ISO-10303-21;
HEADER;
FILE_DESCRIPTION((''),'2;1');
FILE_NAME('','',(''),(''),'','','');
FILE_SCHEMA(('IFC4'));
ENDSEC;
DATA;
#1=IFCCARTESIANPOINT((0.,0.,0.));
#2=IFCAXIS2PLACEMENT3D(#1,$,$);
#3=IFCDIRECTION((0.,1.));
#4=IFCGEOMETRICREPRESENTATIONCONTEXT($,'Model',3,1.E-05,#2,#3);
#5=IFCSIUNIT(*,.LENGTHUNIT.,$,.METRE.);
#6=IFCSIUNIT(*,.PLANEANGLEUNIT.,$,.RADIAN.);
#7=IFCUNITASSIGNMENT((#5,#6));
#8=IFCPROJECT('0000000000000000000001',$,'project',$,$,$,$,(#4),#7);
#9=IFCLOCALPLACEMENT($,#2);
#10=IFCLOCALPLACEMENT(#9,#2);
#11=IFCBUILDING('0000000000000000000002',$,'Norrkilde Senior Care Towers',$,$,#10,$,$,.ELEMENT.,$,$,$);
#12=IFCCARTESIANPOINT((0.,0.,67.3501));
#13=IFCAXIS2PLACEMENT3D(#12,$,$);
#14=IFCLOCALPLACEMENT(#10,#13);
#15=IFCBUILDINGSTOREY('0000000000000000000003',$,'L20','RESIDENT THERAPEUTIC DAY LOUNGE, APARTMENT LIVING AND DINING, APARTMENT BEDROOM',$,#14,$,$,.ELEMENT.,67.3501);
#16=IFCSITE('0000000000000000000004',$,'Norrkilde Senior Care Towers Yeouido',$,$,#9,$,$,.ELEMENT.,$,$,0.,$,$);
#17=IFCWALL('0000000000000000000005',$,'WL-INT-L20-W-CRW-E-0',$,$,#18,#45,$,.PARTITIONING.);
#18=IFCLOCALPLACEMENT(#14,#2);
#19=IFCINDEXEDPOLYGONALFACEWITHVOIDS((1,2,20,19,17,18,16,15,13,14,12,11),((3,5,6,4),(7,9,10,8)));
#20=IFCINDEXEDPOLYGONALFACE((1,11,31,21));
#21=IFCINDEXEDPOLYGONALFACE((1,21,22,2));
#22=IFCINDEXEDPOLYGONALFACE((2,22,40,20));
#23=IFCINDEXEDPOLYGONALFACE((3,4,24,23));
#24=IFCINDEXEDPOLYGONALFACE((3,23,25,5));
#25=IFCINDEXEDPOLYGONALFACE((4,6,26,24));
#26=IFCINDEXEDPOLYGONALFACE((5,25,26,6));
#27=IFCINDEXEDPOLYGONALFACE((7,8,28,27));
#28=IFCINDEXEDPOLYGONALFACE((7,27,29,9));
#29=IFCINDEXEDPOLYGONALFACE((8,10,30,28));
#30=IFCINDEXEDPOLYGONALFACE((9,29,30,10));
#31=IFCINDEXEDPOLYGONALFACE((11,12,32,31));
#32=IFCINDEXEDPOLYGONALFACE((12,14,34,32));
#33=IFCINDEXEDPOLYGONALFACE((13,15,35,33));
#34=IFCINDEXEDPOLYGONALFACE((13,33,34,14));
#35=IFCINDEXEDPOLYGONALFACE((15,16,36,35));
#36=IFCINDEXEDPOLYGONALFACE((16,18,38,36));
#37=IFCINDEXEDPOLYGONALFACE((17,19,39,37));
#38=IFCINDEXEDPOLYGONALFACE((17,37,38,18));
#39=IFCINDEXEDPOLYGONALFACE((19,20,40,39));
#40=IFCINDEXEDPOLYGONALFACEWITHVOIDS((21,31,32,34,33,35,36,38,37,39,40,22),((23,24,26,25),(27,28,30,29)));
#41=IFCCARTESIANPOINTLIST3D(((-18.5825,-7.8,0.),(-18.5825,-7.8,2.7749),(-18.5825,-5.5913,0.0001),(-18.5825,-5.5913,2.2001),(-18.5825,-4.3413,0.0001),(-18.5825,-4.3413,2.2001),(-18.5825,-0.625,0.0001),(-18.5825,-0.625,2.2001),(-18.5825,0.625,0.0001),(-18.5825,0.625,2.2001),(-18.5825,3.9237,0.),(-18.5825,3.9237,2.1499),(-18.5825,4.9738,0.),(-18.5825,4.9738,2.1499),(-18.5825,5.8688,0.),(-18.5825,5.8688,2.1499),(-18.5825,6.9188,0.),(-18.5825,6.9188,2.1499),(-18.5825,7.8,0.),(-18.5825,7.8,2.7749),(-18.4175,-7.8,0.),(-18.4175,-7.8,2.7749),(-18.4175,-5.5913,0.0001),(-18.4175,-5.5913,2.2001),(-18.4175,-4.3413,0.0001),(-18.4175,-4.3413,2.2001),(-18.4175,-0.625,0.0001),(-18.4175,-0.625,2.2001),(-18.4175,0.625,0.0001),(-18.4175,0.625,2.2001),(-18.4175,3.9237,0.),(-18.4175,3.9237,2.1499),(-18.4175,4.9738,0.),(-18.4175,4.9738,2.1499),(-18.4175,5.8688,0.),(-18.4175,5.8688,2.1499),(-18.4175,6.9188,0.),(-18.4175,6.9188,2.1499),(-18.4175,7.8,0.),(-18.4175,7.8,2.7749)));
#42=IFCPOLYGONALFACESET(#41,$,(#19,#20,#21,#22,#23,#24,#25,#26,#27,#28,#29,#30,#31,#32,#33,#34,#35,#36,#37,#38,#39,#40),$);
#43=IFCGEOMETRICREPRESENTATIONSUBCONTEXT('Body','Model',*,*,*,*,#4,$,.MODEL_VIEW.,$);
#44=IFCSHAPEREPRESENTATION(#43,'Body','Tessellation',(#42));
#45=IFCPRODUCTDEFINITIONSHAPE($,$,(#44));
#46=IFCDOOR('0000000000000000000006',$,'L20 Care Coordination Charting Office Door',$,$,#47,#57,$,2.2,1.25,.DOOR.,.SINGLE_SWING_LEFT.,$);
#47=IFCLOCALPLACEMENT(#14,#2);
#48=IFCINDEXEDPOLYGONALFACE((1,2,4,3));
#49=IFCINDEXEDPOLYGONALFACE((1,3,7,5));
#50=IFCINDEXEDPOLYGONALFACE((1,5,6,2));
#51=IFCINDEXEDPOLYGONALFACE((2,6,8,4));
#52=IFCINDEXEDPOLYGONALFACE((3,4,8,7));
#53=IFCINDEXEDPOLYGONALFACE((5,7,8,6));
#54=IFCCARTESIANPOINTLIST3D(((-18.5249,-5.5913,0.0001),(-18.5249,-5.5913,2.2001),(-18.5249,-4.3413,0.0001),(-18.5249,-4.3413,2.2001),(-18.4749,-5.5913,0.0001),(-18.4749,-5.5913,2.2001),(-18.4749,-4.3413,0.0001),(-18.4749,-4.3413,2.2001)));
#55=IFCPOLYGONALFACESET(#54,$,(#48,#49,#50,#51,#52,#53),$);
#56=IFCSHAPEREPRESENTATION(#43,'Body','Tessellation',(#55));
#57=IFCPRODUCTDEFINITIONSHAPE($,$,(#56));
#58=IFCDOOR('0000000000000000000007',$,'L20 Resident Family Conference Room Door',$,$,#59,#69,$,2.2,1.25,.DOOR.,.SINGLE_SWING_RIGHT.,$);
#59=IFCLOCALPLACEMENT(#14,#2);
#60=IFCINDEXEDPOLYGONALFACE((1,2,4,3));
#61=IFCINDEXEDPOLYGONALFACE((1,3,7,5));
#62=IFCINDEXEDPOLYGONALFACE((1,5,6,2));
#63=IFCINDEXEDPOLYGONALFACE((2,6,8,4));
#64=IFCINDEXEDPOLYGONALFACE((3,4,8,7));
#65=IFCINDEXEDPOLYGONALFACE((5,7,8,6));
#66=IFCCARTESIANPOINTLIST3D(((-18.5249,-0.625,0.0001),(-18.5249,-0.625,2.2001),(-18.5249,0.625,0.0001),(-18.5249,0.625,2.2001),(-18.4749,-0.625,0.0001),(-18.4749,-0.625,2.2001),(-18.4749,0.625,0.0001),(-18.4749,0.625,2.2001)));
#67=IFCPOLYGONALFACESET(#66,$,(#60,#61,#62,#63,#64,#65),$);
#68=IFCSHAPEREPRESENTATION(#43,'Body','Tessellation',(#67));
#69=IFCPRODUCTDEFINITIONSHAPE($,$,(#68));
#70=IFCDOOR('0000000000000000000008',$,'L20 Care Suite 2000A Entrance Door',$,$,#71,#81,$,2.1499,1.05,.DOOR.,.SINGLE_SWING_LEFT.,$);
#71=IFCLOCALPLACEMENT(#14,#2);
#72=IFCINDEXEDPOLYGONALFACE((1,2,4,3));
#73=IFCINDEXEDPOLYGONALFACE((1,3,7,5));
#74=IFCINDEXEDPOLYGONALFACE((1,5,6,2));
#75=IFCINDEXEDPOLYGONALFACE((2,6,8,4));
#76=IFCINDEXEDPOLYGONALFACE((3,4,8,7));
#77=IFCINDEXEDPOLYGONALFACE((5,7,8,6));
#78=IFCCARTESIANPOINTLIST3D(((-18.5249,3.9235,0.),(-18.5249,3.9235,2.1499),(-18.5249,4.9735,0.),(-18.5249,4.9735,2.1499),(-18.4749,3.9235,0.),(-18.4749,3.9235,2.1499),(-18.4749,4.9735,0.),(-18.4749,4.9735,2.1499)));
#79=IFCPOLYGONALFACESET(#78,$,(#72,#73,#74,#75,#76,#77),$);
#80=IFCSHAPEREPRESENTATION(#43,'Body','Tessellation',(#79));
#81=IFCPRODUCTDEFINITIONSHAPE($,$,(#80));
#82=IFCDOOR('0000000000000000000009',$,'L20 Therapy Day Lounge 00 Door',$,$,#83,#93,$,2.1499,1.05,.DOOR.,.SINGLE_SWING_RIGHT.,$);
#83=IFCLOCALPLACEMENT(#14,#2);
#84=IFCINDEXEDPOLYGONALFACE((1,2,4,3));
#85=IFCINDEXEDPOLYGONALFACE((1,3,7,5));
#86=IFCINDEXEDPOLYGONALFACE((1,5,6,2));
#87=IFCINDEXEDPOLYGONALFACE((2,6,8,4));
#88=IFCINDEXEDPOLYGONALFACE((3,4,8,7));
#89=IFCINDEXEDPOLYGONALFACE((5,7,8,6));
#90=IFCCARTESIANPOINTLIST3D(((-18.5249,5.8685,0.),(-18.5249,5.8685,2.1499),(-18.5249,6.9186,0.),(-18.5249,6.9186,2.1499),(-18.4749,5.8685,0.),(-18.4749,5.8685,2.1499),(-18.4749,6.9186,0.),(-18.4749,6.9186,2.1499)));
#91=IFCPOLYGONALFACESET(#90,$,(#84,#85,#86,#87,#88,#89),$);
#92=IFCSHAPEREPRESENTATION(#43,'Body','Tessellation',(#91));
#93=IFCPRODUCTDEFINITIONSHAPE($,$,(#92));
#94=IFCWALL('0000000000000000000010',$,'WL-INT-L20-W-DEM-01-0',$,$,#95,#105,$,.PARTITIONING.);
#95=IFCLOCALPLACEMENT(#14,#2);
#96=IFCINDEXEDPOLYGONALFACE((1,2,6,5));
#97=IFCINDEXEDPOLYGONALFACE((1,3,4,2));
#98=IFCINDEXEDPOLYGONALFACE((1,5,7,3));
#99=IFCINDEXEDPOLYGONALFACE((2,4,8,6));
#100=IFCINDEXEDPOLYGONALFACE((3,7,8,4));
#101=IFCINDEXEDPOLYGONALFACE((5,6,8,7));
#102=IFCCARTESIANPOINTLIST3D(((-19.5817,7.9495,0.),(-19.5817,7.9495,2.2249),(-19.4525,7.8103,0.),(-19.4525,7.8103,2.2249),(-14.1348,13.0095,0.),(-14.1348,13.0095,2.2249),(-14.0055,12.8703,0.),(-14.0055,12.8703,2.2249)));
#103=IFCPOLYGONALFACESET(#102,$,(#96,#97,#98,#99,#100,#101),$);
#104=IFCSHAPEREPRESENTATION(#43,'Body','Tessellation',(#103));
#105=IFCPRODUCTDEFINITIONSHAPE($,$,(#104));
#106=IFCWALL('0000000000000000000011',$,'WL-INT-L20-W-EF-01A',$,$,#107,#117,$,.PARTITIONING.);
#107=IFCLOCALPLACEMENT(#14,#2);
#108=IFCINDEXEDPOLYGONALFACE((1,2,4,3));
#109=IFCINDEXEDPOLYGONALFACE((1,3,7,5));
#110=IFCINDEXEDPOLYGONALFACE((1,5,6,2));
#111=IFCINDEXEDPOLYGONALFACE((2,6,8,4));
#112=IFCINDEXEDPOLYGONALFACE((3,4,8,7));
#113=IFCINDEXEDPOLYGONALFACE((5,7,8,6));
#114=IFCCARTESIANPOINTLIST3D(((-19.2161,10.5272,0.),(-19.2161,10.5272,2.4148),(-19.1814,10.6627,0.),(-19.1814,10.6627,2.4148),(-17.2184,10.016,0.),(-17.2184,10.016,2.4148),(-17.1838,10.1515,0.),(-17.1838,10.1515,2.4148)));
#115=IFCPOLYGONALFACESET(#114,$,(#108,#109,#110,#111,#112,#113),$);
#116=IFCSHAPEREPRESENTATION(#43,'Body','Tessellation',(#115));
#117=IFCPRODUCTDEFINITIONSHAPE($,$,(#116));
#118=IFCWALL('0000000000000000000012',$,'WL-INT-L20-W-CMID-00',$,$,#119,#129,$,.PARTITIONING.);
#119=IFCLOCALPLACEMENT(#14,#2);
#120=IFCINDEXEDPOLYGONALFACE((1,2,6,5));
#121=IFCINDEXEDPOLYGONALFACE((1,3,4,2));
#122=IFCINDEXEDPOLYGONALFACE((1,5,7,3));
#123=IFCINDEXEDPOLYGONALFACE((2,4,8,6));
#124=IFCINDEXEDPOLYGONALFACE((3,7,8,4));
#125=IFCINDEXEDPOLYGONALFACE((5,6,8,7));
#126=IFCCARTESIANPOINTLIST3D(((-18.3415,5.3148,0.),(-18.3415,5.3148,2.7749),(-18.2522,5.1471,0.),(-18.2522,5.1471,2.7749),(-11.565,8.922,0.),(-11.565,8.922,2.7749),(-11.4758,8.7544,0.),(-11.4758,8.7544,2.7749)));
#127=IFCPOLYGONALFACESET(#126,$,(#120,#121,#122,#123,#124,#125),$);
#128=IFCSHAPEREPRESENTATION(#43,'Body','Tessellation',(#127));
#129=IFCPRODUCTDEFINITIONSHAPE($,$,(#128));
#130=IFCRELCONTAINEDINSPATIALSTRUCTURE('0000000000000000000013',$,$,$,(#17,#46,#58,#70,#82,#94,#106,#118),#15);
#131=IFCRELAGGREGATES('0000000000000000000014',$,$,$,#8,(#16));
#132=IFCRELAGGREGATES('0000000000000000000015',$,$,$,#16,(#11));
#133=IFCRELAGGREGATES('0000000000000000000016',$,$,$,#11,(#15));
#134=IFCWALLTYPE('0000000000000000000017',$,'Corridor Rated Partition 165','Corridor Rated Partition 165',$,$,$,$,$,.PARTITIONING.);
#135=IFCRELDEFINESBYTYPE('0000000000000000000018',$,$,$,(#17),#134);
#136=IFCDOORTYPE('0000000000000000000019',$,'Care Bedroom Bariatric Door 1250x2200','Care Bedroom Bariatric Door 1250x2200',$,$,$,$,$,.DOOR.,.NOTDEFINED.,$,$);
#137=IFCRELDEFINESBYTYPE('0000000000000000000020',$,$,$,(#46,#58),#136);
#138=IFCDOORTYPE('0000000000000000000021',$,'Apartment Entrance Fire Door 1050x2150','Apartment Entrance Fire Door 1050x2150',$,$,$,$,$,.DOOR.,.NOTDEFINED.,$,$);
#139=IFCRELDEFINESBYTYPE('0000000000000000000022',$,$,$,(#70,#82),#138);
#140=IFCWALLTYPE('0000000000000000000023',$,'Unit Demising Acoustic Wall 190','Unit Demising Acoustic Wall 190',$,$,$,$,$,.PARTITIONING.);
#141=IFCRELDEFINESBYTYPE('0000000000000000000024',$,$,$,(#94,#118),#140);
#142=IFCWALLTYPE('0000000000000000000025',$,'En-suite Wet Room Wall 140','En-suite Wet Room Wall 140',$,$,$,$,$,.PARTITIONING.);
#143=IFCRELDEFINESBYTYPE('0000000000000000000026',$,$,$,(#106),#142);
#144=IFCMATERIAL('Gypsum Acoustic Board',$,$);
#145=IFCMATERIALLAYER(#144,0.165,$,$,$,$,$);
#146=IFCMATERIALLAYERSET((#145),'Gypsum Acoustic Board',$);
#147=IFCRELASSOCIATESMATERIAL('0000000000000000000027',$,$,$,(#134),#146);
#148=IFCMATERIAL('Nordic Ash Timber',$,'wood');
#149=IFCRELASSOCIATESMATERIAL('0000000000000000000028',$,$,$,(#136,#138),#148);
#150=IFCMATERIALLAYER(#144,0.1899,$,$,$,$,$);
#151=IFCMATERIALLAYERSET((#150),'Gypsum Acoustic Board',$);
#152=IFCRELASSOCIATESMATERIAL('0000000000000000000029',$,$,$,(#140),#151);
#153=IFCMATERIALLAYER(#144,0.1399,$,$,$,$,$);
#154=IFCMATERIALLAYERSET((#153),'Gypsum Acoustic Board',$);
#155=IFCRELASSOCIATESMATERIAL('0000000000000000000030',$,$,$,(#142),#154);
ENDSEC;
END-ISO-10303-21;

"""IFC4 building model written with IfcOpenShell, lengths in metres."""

from ifc_helpers import new_model, si_unit, direction, frame, frame_2d, origin, place, context, subcontext, project, spatial, rectangle, extrude, source, transform, mapped, material, layer, layer_set, type_object, type_shapes, element, fill, save


model = new_model("IFC4")

# Units and contexts
model_context = context("Model", 3, precision=1e-05, world=origin(), true_north=direction((0.0, 1.0)))
body_context = subcontext(model_context, "Body", "Model", "MODEL_VIEW")
ifc_project = project(units=[si_unit("LENGTHUNIT", "METRE"), si_unit("PLANEANGLEUNIT", "RADIAN")], contexts=[model_context])

# Site, building, storey
site_placement = place(None, origin())
site = spatial("IfcSite", under=ifc_project, at=site_placement, Name="Norrkilde Senior Care Towers Yeouido", CompositionType="ELEMENT", RefElevation=0.0)
building_placement = place(site_placement, origin())
building = spatial("IfcBuilding", under=site, at=building_placement, Name="Norrkilde Senior Care Towers", CompositionType="ELEMENT")
storey_placement = place(building_placement, frame((0.0, 0.0, 67.3501)))
storey = spatial("IfcBuildingStorey", under=building, at=storey_placement, Name="L20", Description="RESIDENT THERAPEUTIC DAY LOUNGE, APARTMENT LIVING AND DINING, APARTMENT BEDROOM", CompositionType="ELEMENT", Elevation=67.3501)

# Wall, openings, doors
ifc_material_1 = material(Name="Gypsum Acoustic Board")
ifc_layer_1 = layer(ifc_material_1, 0.165)
ifc_layer_set_1 = layer_set([ifc_layer_1], Name="Gypsum Acoustic Board")
wall_type_1 = type_object("IfcWallType", Name="Corridor Rated Partition 165", Description="Corridor Rated Partition 165", PredefinedType="PARTITIONING", material=ifc_layer_set_1)
shared_shape_1 = source(origin(), body_context, "Body", "SweptSolid", [
    extrude(rectangle(XDim=15.6001, YDim=0.165, at=frame_2d((7.8, 0.0))), origin(), (0.0, 0.0, 1.0), 2.7749),
])
type_shapes(wall_type_1, [shared_shape_1])
wall_1_placement = place(storey_placement, frame((-18.5, 7.8, 0.0), z_axis=(0.0, 0.0, 1.0), x_axis=(0.0, -1.0, 0.0)))
wall_1 = element("IfcWall", 1, at=wall_1_placement, inside=storey, type_object=wall_type_1, Name="WL-INT-L20-W-CRW-E-0", PredefinedType="PARTITIONING", context=body_context, shape_type="MappedRepresentation", body=[
    mapped(shared_shape_1, transform((0.0, 0.0, 0.0), x_axis=(1.0, 0.0, 0.0), y_axis=(0.0, 1.0, 0.0), z_axis=(0.0, 0.0, 1.0), scale=1.0)),
])
opening_1_placement = place(wall_1_placement, frame((12.1414, 0.0, 0.0)))
opening_1 = element("IfcOpeningElement", 2, at=opening_1_placement, cuts=wall_1, PredefinedType="OPENING", context=body_context, shape_type="SweptSolid", body=[
    extrude(rectangle(XDim=1.25, YDim=2.2, at=frame_2d((0.625, 1.1001))), frame((0.0, 0.0925, 0.0), z_axis=(0.0, -1.0, 0.0), x_axis=(1.0, 0.0, 0.0)), (0.0, 0.0, 1.0), 0.1851),
])
opening_2_placement = place(wall_1_placement, frame((7.175, 0.0, 0.0)))
opening_2 = element("IfcOpeningElement", 3, at=opening_2_placement, cuts=wall_1, PredefinedType="OPENING", context=body_context, shape_type="SweptSolid", body=[
    extrude(rectangle(XDim=1.25, YDim=2.2, at=frame_2d((0.625, 1.1001))), frame((0.0, 0.0925, 0.0), z_axis=(0.0, -1.0, 0.0), x_axis=(1.0, 0.0, 0.0)), (0.0, 0.0, 1.0), 0.1851),
])
opening_3_placement = place(wall_1_placement, frame((2.8264, 0.0, 0.0)))
opening_3 = element("IfcOpeningElement", 4, at=opening_3_placement, cuts=wall_1, PredefinedType="OPENING", context=body_context, shape_type="SweptSolid", body=[
    extrude(rectangle(XDim=1.05, YDim=2.1499, at=frame_2d((0.5249, 1.075))), frame((0.0, 0.0925, 0.0), z_axis=(0.0, -1.0, 0.0), x_axis=(1.0, 0.0, 0.0)), (0.0, 0.0, 1.0), 0.1851),
])
opening_4_placement = place(wall_1_placement, frame((0.8813, 0.0, 0.0)))
opening_4 = element("IfcOpeningElement", 5, at=opening_4_placement, cuts=wall_1, PredefinedType="OPENING", context=body_context, shape_type="SweptSolid", body=[
    extrude(rectangle(XDim=1.05, YDim=2.1499, at=frame_2d((0.5249, 1.075))), frame((0.0, 0.0925, 0.0), z_axis=(0.0, -1.0, 0.0), x_axis=(1.0, 0.0, 0.0)), (0.0, 0.0, 1.0), 0.1851),
])
ifc_material_2 = material(Name="Nordic Ash Timber", Category="wood")
door_type_1 = type_object("IfcDoorType", Name="Care Bedroom Bariatric Door 1250x2200", Description="Care Bedroom Bariatric Door 1250x2200", OperationType="NOTDEFINED", PredefinedType="DOOR", material=ifc_material_2)
shared_shape_2 = source(origin(), body_context, "Body", "SweptSolid", [
    extrude(rectangle(XDim=1.25, YDim=2.2, at=frame_2d((0.625, 1.1001))), frame((0.0, 0.0249, 0.0), z_axis=(0.0, -1.0, 0.0), x_axis=(1.0, 0.0, 0.0)), (0.0, 0.0, 1.0), 0.05),
])
type_shapes(door_type_1, [shared_shape_2])
door_1_placement = place(opening_1_placement, frame((1.25, 0.0, 0.0), z_axis=(0.0, 0.0, 1.0), x_axis=(-1.0, 0.0, 0.0)))
door_1 = element("IfcDoor", 6, at=door_1_placement, inside=storey, type_object=door_type_1, Name="L20 Care Coordination Charting Office Door", OperationType="SINGLE_SWING_LEFT", OverallHeight=2.2, OverallWidth=1.25, PredefinedType="DOOR", context=body_context, shape_type="MappedRepresentation", body=[
    mapped(shared_shape_2, transform((0.0, 0.0, 0.0), x_axis=(1.0, 0.0, 0.0), y_axis=(0.0, 1.0, 0.0), z_axis=(0.0, 0.0, 1.0), scale=1.0)),
])
fill(opening_1, door_1)
door_2_placement = place(opening_2_placement, frame((1.25, 0.0, 0.0), z_axis=(0.0, 0.0, 1.0), x_axis=(-1.0, 0.0, 0.0)))
door_2 = element("IfcDoor", 7, at=door_2_placement, inside=storey, type_object=door_type_1, Name="L20 Resident Family Conference Room Door", OperationType="SINGLE_SWING_RIGHT", OverallHeight=2.2, OverallWidth=1.25, PredefinedType="DOOR", context=body_context, shape_type="MappedRepresentation", body=[
    mapped(shared_shape_2, transform((0.0, 0.0, 0.0), x_axis=(1.0, 0.0, 0.0), y_axis=(0.0, 1.0, 0.0), z_axis=(0.0, 0.0, 1.0), scale=1.0)),
])
fill(opening_2, door_2)
door_type_2 = type_object("IfcDoorType", Name="Apartment Entrance Fire Door 1050x2150", Description="Apartment Entrance Fire Door 1050x2150", OperationType="NOTDEFINED", PredefinedType="DOOR", material=ifc_material_2)
shared_shape_3 = source(origin(), body_context, "Body", "SweptSolid", [
    extrude(rectangle(XDim=1.05, YDim=2.1499, at=frame_2d((0.5249, 1.075))), frame((0.0, 0.0249, 0.0), z_axis=(0.0, -1.0, 0.0), x_axis=(1.0, 0.0, 0.0)), (0.0, 0.0, 1.0), 0.05),
])
type_shapes(door_type_2, [shared_shape_3])
door_3_placement = place(opening_3_placement, frame((1.05, 0.0, 0.0), z_axis=(0.0, 0.0, 1.0), x_axis=(-1.0, 0.0, 0.0)))
door_3 = element("IfcDoor", 8, at=door_3_placement, inside=storey, type_object=door_type_2, Name="L20 Care Suite 2000A Entrance Door", OperationType="SINGLE_SWING_LEFT", OverallHeight=2.1499, OverallWidth=1.05, PredefinedType="DOOR", context=body_context, shape_type="MappedRepresentation", body=[
    mapped(shared_shape_3, transform((0.0, 0.0, 0.0), x_axis=(1.0, 0.0, 0.0), y_axis=(0.0, 1.0, 0.0), z_axis=(0.0, 0.0, 1.0), scale=1.0)),
])
fill(opening_3, door_3)
door_4_placement = place(opening_4_placement, frame((1.05, 0.0, 0.0), z_axis=(0.0, 0.0, 1.0), x_axis=(-1.0, 0.0, 0.0)))
door_4 = element("IfcDoor", 9, at=door_4_placement, inside=storey, type_object=door_type_2, Name="L20 Therapy Day Lounge 00 Door", OperationType="SINGLE_SWING_RIGHT", OverallHeight=2.1499, OverallWidth=1.05, PredefinedType="DOOR", context=body_context, shape_type="MappedRepresentation", body=[
    mapped(shared_shape_3, transform((0.0, 0.0, 0.0), x_axis=(1.0, 0.0, 0.0), y_axis=(0.0, 1.0, 0.0), z_axis=(0.0, 0.0, 1.0), scale=1.0)),
])
fill(opening_4, door_4)

# Walls
ifc_layer_2 = layer(ifc_material_1, 0.1899)
ifc_layer_set_2 = layer_set([ifc_layer_2], Name="Gypsum Acoustic Board")
wall_type_2 = type_object("IfcWallType", Name="Unit Demising Acoustic Wall 190", Description="Unit Demising Acoustic Wall 190", PredefinedType="PARTITIONING", material=ifc_layer_set_2)
shared_shape_4 = source(origin(), body_context, "Body", "SweptSolid", [
    extrude(rectangle(XDim=7.4346, YDim=0.1899, at=frame_2d((3.7173, 0.0))), origin(), (0.0, 0.0, 1.0), 2.2249),
])
wall_2_placement = place(storey_placement, frame((-19.5171, 7.8799, 0.0), z_axis=(0.0, 0.0, 1.0), x_axis=(0.732652, 0.680603, 0.0)))
element("IfcWall", 10, at=wall_2_placement, inside=storey, type_object=wall_type_2, Name="WL-INT-L20-W-DEM-01-0", PredefinedType="PARTITIONING", context=body_context, shape_type="MappedRepresentation", body=[
    mapped(shared_shape_4, transform((0.0, 0.0, 0.0), x_axis=(1.0, 0.0, 0.0), y_axis=(0.0, 1.0, 0.0), z_axis=(0.0, 0.0, 1.0), scale=1.0)),
])
ifc_layer_3 = layer(ifc_material_1, 0.1399)
ifc_layer_set_3 = layer_set([ifc_layer_3], Name="Gypsum Acoustic Board")
wall_type_3 = type_object("IfcWallType", Name="En-suite Wet Room Wall 140", Description="En-suite Wet Room Wall 140", PredefinedType="PARTITIONING", material=ifc_layer_set_3)
shared_shape_5 = source(origin(), body_context, "Body", "SweptSolid", [
    extrude(rectangle(XDim=2.062, YDim=0.1399, at=frame_2d((1.031, 0.0))), origin(), (0.0, 0.0, 1.0), 2.4148),
])
wall_3_placement = place(storey_placement, frame((-19.1987, 10.595, 0.0), z_axis=(0.0, 0.0, 1.0), x_axis=(0.968776, -0.247937, 0.0)))
element("IfcWall", 11, at=wall_3_placement, inside=storey, type_object=wall_type_3, Name="WL-INT-L20-W-EF-01A", PredefinedType="PARTITIONING", context=body_context, shape_type="MappedRepresentation", body=[
    mapped(shared_shape_5, transform((0.0, 0.0, 0.0), x_axis=(1.0, 0.0, 0.0), y_axis=(0.0, 1.0, 0.0), z_axis=(0.0, 0.0, 1.0), scale=1.0)),
])
shared_shape_6 = source(origin(), body_context, "Body", "SweptSolid", [
    extrude(rectangle(XDim=7.6768, YDim=0.1899, at=frame_2d((3.8384, 0.0))), origin(), (0.0, 0.0, 1.0), 2.7749),
])
wall_4_placement = place(storey_placement, frame((-18.2969, 5.231, 0.0), z_axis=(0.0, 0.0, 1.0), x_axis=(0.882725, 0.46989, 0.0)))
element("IfcWall", 12, at=wall_4_placement, inside=storey, type_object=wall_type_2, Name="WL-INT-L20-W-CMID-00", PredefinedType="PARTITIONING", context=body_context, shape_type="MappedRepresentation", body=[
    mapped(shared_shape_6, transform((0.0, 0.0, 0.0), x_axis=(1.0, 0.0, 0.0), y_axis=(0.0, 1.0, 0.0), z_axis=(0.0, 0.0, 1.0), scale=1.0)),
])

save(model, "model.ifc")
